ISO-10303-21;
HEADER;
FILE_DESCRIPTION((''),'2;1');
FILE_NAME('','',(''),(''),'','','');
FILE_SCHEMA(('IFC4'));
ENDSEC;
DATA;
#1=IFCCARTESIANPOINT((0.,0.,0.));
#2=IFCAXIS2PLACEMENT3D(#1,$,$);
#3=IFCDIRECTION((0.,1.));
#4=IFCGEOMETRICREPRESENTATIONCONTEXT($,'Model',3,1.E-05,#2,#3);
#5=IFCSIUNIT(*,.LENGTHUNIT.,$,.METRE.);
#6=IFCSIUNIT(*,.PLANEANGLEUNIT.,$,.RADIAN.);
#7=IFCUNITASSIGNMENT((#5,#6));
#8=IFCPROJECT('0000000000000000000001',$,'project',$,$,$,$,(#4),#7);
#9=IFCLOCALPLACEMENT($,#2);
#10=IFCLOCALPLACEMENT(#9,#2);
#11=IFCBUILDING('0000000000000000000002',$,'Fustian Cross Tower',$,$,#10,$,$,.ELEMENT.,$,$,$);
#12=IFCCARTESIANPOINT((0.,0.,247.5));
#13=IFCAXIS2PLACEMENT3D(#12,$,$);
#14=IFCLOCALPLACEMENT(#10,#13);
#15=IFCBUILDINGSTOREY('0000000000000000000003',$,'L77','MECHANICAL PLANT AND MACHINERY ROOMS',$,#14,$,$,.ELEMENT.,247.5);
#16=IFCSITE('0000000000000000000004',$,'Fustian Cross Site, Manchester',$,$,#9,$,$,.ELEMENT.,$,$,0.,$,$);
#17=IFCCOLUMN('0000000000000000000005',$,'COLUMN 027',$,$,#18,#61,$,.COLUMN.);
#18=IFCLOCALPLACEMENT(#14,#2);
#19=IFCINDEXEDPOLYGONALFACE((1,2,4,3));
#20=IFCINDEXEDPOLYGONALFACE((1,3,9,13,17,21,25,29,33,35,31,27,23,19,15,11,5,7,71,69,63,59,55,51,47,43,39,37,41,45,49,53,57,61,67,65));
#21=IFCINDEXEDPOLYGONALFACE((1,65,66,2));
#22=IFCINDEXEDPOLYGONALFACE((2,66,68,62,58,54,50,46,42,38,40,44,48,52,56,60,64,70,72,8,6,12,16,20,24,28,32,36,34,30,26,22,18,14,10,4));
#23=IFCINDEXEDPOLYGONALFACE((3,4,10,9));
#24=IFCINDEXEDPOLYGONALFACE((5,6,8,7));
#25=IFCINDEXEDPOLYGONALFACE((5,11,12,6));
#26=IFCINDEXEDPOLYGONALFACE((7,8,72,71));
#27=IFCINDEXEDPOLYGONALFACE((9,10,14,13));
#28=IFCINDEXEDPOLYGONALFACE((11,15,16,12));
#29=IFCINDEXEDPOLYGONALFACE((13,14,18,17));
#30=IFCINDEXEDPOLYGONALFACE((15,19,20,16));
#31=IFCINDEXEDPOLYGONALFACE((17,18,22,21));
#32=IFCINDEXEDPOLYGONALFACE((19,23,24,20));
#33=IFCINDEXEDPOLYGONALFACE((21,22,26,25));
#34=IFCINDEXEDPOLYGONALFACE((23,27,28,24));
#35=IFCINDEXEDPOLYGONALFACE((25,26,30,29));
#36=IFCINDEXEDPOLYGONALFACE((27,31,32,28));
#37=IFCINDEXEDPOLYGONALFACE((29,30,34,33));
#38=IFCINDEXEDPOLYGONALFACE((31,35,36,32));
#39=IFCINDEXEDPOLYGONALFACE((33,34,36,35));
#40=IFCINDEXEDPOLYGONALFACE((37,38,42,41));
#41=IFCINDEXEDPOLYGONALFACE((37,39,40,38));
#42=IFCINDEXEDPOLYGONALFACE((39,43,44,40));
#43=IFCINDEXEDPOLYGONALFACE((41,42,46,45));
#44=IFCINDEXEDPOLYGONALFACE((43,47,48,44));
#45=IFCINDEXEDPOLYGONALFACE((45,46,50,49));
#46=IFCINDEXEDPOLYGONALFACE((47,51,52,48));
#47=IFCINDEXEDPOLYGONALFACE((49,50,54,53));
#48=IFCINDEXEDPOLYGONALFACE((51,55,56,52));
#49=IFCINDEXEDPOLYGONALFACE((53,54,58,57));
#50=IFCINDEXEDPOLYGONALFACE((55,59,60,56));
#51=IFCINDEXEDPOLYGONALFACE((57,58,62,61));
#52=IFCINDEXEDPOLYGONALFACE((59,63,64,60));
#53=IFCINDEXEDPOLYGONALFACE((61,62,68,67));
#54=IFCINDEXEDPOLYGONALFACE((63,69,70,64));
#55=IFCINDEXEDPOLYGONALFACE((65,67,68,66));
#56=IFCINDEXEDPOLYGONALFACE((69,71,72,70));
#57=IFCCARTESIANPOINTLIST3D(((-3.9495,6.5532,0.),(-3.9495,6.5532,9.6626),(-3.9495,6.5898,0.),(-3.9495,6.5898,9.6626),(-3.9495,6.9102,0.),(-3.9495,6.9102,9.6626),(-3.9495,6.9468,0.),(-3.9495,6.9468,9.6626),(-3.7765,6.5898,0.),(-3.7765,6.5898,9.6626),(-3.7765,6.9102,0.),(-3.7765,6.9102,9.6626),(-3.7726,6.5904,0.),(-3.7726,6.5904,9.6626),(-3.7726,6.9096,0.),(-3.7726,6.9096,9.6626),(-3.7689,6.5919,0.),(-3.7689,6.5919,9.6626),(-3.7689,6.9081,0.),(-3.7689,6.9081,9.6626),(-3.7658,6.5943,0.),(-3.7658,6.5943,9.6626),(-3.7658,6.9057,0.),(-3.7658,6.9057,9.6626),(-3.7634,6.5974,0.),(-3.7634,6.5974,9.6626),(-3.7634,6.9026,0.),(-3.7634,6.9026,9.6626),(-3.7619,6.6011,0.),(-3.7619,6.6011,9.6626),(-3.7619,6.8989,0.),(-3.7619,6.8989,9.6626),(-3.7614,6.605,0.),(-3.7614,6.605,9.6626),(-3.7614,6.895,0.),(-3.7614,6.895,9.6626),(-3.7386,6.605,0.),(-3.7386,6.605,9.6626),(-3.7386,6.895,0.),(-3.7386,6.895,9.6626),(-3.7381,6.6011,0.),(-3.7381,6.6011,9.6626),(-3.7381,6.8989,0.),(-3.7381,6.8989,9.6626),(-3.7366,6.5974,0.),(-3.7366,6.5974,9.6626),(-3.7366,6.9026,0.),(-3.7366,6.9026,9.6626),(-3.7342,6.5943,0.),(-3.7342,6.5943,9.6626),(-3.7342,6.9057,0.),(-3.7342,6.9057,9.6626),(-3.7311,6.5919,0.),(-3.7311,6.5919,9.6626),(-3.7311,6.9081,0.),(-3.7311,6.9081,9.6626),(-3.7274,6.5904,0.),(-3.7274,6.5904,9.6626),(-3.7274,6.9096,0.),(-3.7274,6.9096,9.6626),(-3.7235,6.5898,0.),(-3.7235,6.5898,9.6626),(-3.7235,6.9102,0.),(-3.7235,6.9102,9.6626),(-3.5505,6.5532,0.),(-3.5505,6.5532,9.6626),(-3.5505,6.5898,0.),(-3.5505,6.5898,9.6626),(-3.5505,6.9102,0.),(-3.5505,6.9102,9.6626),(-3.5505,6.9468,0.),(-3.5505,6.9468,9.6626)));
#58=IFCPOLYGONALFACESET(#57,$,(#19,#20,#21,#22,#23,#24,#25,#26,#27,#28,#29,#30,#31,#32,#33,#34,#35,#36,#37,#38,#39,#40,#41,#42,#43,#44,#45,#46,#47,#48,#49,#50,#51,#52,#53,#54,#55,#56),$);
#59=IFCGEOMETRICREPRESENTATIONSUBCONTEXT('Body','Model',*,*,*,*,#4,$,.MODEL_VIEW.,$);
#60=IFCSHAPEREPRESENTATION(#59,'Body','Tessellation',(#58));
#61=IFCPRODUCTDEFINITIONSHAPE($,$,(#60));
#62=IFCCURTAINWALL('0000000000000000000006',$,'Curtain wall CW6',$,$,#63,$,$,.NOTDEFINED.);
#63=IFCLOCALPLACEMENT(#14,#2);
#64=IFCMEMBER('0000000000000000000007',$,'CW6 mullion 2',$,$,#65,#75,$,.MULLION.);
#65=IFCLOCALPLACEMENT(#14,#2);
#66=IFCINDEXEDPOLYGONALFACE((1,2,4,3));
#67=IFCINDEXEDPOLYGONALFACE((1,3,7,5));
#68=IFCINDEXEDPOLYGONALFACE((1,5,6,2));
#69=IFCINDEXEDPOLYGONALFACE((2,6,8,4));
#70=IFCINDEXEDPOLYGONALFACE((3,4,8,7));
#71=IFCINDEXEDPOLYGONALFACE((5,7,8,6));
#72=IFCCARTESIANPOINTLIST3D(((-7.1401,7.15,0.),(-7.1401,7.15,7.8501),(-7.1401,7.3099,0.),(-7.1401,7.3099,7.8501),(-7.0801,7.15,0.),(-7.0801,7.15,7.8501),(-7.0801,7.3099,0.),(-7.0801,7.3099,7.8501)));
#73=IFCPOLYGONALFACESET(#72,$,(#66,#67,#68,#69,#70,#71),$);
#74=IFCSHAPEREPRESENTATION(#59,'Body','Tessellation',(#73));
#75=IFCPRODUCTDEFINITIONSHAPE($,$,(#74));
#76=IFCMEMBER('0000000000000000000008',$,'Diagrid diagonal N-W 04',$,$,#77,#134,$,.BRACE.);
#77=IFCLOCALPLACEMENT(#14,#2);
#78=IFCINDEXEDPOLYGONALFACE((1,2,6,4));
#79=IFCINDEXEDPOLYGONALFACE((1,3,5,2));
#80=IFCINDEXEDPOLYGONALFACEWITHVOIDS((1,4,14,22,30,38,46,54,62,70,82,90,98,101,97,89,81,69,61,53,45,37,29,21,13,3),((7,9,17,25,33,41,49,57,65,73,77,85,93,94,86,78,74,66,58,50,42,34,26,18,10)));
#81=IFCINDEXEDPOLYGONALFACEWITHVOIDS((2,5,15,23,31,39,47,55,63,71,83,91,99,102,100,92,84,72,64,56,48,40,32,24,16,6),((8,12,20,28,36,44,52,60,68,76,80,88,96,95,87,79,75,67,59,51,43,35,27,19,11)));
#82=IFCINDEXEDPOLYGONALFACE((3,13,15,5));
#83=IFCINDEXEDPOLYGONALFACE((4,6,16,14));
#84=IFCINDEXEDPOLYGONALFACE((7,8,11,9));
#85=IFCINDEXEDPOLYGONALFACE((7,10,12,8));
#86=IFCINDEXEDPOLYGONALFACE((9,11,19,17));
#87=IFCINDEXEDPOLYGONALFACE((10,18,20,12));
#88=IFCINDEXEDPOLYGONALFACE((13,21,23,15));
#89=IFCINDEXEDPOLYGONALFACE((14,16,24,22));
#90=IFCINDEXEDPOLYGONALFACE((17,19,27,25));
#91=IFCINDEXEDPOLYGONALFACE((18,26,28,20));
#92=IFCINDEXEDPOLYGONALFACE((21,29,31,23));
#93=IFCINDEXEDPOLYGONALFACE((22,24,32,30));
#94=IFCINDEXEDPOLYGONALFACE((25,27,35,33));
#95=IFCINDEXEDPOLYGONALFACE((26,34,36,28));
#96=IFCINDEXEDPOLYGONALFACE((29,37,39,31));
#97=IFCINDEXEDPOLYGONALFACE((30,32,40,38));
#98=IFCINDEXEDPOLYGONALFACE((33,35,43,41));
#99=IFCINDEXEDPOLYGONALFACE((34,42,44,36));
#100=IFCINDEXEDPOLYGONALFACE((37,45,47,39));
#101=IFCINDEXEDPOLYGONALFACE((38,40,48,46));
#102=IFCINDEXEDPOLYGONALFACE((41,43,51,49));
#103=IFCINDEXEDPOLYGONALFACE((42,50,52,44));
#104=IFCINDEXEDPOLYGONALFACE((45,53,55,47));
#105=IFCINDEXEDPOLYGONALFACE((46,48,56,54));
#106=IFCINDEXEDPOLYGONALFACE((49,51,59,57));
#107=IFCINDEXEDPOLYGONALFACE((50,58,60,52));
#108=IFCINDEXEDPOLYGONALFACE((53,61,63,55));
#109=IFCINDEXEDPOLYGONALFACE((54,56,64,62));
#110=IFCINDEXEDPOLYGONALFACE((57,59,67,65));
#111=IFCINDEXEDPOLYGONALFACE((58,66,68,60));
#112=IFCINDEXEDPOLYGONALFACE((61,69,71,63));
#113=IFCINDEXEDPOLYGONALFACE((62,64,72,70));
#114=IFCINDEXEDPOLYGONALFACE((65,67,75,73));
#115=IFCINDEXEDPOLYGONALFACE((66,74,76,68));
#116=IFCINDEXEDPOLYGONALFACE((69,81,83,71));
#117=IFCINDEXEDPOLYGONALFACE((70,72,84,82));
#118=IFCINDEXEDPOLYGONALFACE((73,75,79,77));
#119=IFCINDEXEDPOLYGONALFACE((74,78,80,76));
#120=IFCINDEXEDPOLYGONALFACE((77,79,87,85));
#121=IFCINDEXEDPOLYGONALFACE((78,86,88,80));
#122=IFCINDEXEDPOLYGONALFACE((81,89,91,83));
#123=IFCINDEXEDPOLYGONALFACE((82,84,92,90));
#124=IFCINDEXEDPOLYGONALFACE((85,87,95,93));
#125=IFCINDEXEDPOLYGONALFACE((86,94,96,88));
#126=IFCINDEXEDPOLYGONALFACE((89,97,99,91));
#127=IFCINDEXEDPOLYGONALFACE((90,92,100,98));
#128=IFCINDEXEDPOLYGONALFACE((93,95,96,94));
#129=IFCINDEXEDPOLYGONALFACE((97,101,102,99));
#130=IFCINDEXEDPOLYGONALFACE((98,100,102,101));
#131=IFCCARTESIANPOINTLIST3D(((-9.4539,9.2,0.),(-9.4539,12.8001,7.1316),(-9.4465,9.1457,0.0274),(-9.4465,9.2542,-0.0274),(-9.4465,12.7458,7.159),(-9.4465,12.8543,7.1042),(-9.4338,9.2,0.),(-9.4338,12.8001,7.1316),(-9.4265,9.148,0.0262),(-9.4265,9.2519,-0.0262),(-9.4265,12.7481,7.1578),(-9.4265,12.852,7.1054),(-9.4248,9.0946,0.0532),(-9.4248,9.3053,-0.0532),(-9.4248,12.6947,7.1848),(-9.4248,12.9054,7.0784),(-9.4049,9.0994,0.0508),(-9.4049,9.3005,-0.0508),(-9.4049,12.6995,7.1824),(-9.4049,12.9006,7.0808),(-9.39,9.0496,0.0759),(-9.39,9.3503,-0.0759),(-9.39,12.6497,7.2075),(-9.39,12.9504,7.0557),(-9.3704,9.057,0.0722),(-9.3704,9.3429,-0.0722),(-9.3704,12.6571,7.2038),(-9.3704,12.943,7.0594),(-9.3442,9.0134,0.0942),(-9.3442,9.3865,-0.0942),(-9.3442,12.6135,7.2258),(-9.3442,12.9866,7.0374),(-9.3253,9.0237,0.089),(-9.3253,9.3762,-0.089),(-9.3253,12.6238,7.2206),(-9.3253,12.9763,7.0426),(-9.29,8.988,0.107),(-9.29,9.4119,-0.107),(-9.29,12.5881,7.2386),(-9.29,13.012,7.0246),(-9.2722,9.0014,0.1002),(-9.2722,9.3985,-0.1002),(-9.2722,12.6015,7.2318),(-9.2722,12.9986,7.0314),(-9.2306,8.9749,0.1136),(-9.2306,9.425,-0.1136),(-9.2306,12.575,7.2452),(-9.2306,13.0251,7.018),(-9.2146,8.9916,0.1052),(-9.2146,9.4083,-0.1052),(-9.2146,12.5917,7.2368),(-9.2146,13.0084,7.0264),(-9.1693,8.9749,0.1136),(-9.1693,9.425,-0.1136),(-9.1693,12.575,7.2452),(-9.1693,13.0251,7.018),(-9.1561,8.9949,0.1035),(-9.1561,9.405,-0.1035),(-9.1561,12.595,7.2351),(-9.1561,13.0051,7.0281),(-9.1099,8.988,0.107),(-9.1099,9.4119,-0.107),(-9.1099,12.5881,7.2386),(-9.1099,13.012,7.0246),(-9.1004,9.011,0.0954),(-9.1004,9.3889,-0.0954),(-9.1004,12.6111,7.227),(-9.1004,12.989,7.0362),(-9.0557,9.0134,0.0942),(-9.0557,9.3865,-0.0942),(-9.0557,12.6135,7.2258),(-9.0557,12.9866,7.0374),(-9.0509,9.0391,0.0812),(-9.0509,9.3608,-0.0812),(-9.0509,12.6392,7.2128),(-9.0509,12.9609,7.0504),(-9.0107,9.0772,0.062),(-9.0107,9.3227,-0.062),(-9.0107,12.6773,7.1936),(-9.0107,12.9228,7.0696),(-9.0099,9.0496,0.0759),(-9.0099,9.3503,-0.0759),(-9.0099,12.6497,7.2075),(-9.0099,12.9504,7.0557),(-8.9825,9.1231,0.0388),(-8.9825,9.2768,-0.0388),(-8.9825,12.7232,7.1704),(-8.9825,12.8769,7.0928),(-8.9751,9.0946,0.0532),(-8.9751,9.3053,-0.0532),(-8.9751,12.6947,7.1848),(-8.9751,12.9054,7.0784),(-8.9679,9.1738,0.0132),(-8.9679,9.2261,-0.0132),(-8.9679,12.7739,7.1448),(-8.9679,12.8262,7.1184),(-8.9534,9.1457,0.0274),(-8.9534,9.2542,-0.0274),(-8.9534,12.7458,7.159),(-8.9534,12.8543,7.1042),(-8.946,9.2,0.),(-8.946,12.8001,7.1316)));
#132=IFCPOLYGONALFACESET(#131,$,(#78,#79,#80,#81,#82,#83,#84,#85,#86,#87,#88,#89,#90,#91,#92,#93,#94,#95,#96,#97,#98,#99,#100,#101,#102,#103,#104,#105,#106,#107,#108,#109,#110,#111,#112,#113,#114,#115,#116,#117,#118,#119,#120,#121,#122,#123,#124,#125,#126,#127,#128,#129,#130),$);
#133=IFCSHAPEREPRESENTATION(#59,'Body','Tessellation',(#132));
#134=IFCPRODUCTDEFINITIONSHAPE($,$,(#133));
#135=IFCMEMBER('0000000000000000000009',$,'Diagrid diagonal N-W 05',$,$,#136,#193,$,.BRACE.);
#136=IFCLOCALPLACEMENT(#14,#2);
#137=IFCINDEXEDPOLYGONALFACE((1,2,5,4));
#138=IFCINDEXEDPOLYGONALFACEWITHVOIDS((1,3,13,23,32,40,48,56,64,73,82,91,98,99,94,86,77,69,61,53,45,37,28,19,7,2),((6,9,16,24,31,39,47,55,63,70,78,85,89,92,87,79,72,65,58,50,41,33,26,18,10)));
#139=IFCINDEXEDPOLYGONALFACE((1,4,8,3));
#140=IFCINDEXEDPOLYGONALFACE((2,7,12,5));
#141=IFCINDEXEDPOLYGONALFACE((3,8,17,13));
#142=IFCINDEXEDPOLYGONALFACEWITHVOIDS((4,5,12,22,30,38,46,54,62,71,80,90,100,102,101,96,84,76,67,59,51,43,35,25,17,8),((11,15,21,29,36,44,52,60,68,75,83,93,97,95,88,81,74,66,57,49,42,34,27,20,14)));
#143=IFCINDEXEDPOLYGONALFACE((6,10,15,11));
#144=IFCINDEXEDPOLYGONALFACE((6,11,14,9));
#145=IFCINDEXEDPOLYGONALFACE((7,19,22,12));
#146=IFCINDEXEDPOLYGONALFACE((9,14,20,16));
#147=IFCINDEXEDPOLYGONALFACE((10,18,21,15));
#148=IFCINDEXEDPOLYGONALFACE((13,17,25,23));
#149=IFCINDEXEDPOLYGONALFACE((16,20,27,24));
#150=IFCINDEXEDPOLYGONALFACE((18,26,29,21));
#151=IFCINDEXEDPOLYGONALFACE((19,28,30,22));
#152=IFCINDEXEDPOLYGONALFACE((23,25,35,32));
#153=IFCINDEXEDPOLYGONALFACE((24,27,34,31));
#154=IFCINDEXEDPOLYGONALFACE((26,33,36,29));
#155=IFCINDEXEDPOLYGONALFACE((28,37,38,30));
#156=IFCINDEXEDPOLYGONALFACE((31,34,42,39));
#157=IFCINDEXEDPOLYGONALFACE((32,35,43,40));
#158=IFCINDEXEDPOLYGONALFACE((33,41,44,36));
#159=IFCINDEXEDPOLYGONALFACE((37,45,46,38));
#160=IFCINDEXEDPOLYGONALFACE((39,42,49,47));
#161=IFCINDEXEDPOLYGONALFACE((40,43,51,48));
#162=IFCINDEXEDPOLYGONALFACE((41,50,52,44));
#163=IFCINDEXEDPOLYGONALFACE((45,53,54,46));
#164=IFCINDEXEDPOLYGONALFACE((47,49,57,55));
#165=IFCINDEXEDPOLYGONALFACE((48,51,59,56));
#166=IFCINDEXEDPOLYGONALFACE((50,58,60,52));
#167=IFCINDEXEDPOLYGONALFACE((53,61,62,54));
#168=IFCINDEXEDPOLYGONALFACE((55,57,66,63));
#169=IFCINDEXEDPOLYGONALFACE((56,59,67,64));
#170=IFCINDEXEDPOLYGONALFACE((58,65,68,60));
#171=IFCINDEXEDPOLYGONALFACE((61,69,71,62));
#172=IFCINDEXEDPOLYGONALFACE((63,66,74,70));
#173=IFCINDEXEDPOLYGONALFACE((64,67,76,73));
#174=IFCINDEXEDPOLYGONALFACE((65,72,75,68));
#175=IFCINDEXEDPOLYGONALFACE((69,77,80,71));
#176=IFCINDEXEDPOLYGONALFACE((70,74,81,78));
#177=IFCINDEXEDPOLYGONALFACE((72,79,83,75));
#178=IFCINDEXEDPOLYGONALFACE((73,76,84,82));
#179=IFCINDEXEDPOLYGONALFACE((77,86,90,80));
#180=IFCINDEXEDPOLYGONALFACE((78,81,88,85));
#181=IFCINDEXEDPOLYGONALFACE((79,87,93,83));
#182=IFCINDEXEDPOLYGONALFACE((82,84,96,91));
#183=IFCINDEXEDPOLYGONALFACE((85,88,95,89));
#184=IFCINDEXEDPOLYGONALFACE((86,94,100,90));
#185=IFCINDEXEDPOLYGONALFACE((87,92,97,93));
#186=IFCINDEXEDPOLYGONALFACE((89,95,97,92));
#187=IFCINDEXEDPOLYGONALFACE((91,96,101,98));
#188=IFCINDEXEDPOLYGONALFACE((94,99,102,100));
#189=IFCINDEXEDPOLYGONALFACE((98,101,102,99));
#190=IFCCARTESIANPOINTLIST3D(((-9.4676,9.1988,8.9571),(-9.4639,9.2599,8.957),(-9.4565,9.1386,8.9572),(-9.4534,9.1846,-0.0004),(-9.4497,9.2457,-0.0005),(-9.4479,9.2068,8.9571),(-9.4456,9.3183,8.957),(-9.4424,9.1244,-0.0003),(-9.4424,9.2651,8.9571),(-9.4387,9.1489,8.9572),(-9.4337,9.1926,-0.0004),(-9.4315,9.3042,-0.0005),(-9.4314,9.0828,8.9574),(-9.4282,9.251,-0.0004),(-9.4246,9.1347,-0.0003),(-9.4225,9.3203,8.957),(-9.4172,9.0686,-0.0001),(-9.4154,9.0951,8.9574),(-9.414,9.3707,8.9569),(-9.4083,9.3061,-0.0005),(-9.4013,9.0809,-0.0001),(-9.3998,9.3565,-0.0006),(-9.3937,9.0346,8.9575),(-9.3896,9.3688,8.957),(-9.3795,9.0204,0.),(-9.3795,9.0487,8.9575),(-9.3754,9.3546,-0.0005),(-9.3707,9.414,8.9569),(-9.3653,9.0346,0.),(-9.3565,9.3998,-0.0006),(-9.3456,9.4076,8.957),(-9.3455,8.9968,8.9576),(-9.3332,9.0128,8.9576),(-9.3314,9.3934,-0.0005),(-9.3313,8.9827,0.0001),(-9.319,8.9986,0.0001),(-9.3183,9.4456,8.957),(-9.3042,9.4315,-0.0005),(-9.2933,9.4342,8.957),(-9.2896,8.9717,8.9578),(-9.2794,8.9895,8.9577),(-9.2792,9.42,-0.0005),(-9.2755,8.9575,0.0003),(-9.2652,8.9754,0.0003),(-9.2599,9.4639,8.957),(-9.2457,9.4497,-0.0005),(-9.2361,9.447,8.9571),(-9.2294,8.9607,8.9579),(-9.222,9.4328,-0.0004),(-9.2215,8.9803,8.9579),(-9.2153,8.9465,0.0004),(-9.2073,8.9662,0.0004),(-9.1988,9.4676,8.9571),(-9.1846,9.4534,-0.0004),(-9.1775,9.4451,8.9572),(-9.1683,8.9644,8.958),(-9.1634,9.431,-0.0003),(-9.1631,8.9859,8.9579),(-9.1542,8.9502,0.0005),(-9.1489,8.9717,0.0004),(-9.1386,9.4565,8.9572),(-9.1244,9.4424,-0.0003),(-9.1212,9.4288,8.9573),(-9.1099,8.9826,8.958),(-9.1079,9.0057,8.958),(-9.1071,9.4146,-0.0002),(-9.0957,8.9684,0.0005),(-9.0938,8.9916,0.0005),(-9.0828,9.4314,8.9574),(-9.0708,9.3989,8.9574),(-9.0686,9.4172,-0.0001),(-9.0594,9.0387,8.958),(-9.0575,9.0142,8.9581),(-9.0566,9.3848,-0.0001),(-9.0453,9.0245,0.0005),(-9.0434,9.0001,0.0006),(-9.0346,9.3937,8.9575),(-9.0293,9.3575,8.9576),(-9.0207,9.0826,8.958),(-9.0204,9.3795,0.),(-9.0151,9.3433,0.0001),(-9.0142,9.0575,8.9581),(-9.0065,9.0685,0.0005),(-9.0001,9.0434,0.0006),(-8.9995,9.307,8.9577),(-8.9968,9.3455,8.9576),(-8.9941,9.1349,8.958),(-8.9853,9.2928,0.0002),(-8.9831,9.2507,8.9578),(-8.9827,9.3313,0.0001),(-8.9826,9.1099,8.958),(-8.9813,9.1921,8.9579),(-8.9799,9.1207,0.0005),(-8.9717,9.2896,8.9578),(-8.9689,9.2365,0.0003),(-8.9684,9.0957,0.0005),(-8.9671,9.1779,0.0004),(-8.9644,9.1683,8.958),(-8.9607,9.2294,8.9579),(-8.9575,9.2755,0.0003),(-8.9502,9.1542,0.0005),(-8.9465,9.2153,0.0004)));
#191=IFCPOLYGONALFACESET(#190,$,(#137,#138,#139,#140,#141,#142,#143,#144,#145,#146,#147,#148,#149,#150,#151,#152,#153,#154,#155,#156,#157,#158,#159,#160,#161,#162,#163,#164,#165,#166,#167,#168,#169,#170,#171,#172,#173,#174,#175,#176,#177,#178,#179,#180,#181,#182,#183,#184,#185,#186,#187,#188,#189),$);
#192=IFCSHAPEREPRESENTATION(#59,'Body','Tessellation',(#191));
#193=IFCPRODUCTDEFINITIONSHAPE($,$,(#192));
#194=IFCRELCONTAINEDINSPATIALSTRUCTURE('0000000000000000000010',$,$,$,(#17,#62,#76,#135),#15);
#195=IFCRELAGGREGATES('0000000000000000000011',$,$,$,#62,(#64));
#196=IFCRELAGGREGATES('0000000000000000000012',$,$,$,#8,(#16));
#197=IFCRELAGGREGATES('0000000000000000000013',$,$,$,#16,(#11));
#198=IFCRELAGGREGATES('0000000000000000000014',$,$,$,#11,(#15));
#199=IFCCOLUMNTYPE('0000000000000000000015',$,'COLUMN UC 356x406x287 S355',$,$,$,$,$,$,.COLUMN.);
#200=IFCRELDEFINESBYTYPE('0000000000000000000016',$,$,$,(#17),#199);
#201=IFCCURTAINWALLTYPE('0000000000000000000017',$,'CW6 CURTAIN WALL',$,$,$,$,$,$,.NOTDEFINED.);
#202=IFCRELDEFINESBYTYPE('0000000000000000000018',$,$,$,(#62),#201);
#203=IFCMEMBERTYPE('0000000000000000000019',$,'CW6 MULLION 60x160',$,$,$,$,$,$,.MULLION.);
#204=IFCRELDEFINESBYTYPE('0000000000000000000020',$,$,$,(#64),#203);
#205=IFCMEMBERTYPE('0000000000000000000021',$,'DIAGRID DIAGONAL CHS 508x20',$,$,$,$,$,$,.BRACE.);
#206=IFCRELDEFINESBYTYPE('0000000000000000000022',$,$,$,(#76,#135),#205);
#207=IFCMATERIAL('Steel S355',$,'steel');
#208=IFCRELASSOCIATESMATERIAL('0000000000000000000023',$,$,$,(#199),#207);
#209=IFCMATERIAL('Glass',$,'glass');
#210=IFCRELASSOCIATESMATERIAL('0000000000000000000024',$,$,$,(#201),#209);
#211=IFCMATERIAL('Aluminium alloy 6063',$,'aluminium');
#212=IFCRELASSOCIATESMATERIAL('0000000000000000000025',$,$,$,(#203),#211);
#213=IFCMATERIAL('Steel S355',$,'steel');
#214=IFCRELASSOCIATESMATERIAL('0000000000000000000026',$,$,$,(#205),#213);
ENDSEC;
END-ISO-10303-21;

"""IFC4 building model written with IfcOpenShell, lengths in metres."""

from ifc_helpers import new_model, si_unit, direction, frame, origin, origin_2d, place, context, subcontext, project, spatial, rectangle, hollow_circle, i_section, extrude, material, material_profile, profile_set, type_object, element, aggregate, save


model = new_model("IFC4")

# Units and contexts
model_context = context("Model", 3, precision=1e-05, world=origin(), true_north=direction((0.0, 1.0)))
body_context = subcontext(model_context, "Body", "Model", "MODEL_VIEW")
ifc_project = project(units=[si_unit("LENGTHUNIT", "METRE"), si_unit("PLANEANGLEUNIT", "RADIAN")], contexts=[model_context])

# Site, building, storey
site_placement = place(None, origin())
site = spatial("IfcSite", under=ifc_project, at=site_placement, Name="Fustian Cross Site, Manchester", CompositionType="ELEMENT", RefElevation=0.0)
building_placement = place(site_placement, origin())
building = spatial("IfcBuilding", under=site, at=building_placement, Name="Fustian Cross Tower", CompositionType="ELEMENT")
storey_placement = place(building_placement, frame((0.0, 0.0, 247.5)))
storey = spatial("IfcBuildingStorey", under=building, at=storey_placement, Name="L77", Description="MECHANICAL PLANT AND MACHINERY ROOMS", CompositionType="ELEMENT", Elevation=247.5)

# Column
ifc_material_1 = material(Name="Steel S355", Category="steel")
ifc_material_profile_1 = material_profile(ifc_material_1, i_section(OverallWidth=0.3989, OverallDepth=0.3936, WebThickness=0.0227, FlangeThickness=0.0366, FilletRadius=0.0151, at=origin_2d()), Name="UC 356x406x287")
ifc_profile_set_1 = profile_set([ifc_material_profile_1], Name="Steel S355")
column_type = type_object("IfcColumnType", Name="COLUMN UC 356x406x287 S355", PredefinedType="COLUMN", material=ifc_profile_set_1)
column_placement = place(storey_placement, frame((-3.75, 6.75, 0.0), z_axis=(0.0, 0.0, 1.0), x_axis=(1.0, 0.0, 0.0)))
element("IfcColumn", 1, at=column_placement, inside=storey, type_object=column_type, Name="COLUMN 027", PredefinedType="COLUMN", context=body_context, shape_type="SweptSolid", body=[
    extrude(i_section(OverallWidth=0.3989, OverallDepth=0.3936, WebThickness=0.0227, FlangeThickness=0.0366, FilletRadius=0.0151, at=origin_2d()), origin(), (0.0, 0.0, 1.0), 9.6626),
])

# Curtain wall, member
ifc_material_2 = material(Name="Glass", Category="glass")
curtain_wall_type = type_object("IfcCurtainWallType", Name="CW6 CURTAIN WALL", PredefinedType="NOTDEFINED", material=ifc_material_2)
curtain_wall_placement = place(storey_placement, origin())
curtain_wall = element("IfcCurtainWall", 2, at=curtain_wall_placement, inside=storey, type_object=curtain_wall_type, Name="Curtain wall CW6", PredefinedType="NOTDEFINED")
ifc_material_3 = material(Name="Aluminium alloy 6063", Category="aluminium")
ifc_material_profile_2 = material_profile(ifc_material_3, rectangle(XDim=0.0601, YDim=0.1599, at=origin_2d()), Name="CW6 MULLION 60x160")
ifc_profile_set_2 = profile_set([ifc_material_profile_2], Name="Aluminium alloy 6063")
member_type_1 = type_object("IfcMemberType", Name="CW6 MULLION 60x160", PredefinedType="MULLION", material=ifc_profile_set_2)
member_1_placement = place(storey_placement, frame((-7.1101, 7.23, 0.0), z_axis=(0.0, 0.0, 1.0), x_axis=(1.0, 0.0, 0.0)))
member_1 = element("IfcMember", 3, at=member_1_placement, type_object=member_type_1, Name="CW6 mullion 2", PredefinedType="MULLION", context=body_context, shape_type="SweptSolid", body=[
    extrude(rectangle(XDim=0.0601, YDim=0.1599, at=origin_2d()), origin(), (0.0, 0.0, 1.0), 7.8501),
])
aggregate(curtain_wall, [member_1])

# Members
ifc_material_4 = material(Name="Steel S355", Category="steel")
ifc_material_profile_3 = material_profile(ifc_material_4, hollow_circle(Radius=0.2539, WallThickness=0.02, at=origin_2d()), Name="CHS 508x20")
ifc_profile_set_3 = profile_set([ifc_material_profile_3], Name="Steel S355")
member_type_2 = type_object("IfcMemberType", Name="DIAGRID DIAGONAL CHS 508x20", PredefinedType="BRACE", material=ifc_profile_set_3)
member_2_placement = place(storey_placement, frame((-9.2, 9.2, 0.0), z_axis=(0.0, 0.450645, 0.892703), x_axis=(-1.0, 0.0, 0.0)))
element("IfcMember", 4, at=member_2_placement, inside=storey, type_object=member_type_2, Name="Diagrid diagonal N-W 04", PredefinedType="BRACE", context=body_context, shape_type="SweptSolid", body=[
    extrude(hollow_circle(Radius=0.2539, WallThickness=0.02, at=origin_2d()), origin(), (0.0, 0.0, 1.0), 7.9888),
])
member_3_placement = place(storey_placement, frame((-9.2, 9.2, 0.0), z_axis=(-0.001581, 0.001581, 0.999998), x_axis=(-0.707107, -0.707107, 0.0)))
element("IfcMember", 5, at=member_3_placement, inside=storey, type_object=member_type_2, Name="Diagrid diagonal N-W 05", PredefinedType="BRACE", context=body_context, shape_type="SweptSolid", body=[
    extrude(hollow_circle(Radius=0.2539, WallThickness=0.02, at=origin_2d()), origin(), (0.0, 0.0, 1.0), 8.9575),
])

save(model, "model.ifc")
